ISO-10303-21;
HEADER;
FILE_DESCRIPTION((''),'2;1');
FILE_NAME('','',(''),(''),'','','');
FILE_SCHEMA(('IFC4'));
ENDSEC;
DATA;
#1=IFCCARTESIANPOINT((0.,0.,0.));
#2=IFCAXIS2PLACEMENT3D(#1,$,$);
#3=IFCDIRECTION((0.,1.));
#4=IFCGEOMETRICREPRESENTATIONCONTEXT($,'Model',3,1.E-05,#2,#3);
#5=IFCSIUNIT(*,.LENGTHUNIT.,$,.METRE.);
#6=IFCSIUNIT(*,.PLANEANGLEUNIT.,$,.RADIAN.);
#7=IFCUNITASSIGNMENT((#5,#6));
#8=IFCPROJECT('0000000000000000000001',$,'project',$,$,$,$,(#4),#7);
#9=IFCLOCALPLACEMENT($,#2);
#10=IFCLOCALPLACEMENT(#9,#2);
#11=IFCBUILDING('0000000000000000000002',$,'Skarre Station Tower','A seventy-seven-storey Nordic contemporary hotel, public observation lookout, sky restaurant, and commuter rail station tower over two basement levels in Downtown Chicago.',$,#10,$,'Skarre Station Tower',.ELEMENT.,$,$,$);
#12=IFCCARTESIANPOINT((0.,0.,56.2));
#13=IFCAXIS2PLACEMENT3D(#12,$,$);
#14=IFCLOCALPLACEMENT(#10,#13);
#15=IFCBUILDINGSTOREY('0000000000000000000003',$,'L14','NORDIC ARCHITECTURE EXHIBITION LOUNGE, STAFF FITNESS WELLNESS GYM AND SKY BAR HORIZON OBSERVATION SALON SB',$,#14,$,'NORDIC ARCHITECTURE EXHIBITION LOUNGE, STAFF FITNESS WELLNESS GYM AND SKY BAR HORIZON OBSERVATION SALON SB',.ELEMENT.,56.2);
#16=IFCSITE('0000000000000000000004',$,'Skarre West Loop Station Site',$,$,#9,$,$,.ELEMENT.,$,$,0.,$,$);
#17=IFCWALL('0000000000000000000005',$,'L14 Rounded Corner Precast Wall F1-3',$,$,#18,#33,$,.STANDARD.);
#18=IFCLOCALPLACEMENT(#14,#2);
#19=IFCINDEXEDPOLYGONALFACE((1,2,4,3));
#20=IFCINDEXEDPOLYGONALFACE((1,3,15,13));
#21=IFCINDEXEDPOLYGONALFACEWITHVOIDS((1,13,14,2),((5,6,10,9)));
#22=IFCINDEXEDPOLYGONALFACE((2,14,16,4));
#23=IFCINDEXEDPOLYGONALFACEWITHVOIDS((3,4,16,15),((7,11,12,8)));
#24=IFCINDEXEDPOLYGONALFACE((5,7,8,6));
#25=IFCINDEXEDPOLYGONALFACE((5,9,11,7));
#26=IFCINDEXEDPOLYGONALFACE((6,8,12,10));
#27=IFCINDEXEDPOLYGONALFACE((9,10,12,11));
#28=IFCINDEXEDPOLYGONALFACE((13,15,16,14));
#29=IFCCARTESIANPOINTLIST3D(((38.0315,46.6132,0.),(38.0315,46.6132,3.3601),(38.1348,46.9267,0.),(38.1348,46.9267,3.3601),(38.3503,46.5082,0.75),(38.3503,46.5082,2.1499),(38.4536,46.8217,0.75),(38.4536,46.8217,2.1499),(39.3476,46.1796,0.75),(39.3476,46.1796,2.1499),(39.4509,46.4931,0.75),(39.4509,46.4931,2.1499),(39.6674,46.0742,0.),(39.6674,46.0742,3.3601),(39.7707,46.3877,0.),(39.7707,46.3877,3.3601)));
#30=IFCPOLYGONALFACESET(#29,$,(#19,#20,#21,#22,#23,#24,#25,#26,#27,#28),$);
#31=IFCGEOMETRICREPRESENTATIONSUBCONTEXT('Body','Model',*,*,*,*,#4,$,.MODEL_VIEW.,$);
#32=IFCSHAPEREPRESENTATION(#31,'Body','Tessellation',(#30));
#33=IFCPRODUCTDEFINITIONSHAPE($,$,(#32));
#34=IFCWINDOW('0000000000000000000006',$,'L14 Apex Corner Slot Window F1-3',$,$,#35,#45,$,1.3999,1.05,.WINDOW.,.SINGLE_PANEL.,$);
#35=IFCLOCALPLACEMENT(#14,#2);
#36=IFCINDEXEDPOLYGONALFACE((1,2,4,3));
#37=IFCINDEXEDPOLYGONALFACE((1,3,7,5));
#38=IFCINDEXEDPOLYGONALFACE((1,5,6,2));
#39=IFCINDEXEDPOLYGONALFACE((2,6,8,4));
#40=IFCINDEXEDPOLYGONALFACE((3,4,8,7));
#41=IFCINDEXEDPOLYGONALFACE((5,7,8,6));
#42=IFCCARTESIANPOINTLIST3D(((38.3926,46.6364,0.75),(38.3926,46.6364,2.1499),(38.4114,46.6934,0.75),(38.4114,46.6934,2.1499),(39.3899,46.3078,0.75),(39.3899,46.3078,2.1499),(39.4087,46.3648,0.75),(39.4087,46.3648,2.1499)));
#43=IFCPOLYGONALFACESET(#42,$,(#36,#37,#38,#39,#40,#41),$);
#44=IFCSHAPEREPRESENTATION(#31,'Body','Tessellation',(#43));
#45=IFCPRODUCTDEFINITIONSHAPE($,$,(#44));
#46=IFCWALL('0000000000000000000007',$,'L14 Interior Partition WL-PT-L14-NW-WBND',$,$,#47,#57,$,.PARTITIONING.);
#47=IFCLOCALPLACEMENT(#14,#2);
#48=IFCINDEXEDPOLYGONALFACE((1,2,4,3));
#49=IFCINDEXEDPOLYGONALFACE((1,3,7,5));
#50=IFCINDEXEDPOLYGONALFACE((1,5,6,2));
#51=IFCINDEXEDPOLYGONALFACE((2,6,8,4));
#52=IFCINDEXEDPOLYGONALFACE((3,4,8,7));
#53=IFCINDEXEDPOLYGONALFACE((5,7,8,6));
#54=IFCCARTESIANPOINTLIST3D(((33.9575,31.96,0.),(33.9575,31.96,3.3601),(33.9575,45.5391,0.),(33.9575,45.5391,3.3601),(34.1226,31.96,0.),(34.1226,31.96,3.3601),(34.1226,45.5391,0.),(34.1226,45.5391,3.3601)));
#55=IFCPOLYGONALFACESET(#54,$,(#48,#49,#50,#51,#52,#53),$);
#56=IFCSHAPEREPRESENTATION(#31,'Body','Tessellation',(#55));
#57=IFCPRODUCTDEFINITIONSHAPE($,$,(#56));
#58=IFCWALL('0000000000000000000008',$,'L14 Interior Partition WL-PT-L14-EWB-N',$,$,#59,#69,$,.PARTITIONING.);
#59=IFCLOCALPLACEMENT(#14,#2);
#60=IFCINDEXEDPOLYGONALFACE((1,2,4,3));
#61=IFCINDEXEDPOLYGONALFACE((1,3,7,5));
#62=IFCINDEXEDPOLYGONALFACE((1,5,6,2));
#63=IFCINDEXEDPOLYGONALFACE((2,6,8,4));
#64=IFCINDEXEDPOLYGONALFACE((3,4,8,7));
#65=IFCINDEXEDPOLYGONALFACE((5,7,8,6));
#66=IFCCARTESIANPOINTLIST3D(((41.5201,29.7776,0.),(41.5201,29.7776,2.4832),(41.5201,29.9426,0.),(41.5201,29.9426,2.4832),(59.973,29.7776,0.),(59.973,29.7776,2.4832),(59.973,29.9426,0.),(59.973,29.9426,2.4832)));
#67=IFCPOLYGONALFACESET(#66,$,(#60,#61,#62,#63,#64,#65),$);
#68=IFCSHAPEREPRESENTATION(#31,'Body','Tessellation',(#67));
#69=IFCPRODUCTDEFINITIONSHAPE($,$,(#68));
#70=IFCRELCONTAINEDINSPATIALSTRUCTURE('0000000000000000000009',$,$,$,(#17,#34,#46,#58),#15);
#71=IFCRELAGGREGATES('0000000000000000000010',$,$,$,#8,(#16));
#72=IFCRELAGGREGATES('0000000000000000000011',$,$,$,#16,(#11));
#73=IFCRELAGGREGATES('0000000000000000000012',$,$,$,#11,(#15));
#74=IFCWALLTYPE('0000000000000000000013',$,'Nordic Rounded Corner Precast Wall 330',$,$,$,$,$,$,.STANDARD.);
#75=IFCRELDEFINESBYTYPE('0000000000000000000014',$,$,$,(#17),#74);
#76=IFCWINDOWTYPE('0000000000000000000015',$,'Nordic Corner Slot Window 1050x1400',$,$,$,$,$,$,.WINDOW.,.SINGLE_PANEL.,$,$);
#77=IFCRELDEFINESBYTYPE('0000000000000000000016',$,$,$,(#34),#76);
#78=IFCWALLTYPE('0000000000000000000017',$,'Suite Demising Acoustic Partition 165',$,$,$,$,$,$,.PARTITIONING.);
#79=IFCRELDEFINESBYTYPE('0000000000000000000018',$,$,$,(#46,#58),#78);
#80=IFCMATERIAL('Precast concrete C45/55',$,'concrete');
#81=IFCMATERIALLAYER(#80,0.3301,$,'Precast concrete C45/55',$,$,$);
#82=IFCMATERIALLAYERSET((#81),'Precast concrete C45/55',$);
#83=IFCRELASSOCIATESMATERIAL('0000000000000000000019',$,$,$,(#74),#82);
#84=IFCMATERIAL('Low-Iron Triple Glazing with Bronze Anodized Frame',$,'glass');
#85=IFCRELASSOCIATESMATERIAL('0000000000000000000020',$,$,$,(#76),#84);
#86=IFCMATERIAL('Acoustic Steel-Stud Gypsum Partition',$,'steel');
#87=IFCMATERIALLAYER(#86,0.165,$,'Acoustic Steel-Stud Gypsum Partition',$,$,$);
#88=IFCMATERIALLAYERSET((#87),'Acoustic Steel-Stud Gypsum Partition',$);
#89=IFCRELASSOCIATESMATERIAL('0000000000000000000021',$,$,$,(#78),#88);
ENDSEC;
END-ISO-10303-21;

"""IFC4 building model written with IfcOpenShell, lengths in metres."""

from ifc_helpers import new_model, si_unit, direction, frame, frame_2d, origin, place, context, subcontext, project, spatial, rectangle, extrude, material, layer, layer_set, type_object, element, fill, save


model = new_model("IFC4")

# Units and contexts
model_context = context("Model", 3, precision=1e-05, world=origin(), true_north=direction((0.0, 1.0)))
body_context = subcontext(model_context, "Body", "Model", "MODEL_VIEW")
ifc_project = project(units=[si_unit("LENGTHUNIT", "METRE"), si_unit("PLANEANGLEUNIT", "RADIAN")], contexts=[model_context])

# Site, building, storey
site_placement = place(None, origin())
site = spatial("IfcSite", under=ifc_project, at=site_placement, Name="Skarre West Loop Station Site", CompositionType="ELEMENT", RefElevation=0.0)
building_placement = place(site_placement, origin())
building = spatial("IfcBuilding", under=site, at=building_placement, Name="Skarre Station Tower", Description="A seventy-seven-storey Nordic contemporary hotel, public observation lookout, sky restaurant, and commuter rail station tower over two basement levels in Downtown Chicago.", LongName="Skarre Station Tower", CompositionType="ELEMENT")
storey_placement = place(building_placement, frame((0.0, 0.0, 56.2)))
storey = spatial("IfcBuildingStorey", under=building, at=storey_placement, Name="L14", Description="NORDIC ARCHITECTURE EXHIBITION LOUNGE, STAFF FITNESS WELLNESS GYM AND SKY BAR HORIZON OBSERVATION SALON SB", LongName="NORDIC ARCHITECTURE EXHIBITION LOUNGE, STAFF FITNESS WELLNESS GYM AND SKY BAR HORIZON OBSERVATION SALON SB", CompositionType="ELEMENT", Elevation=56.2)

# Shared definitions
ifc_material_1 = material(Name="Acoustic Steel-Stud Gypsum Partition", Category="steel")

# Shared definitions
ifc_material_2 = material(Name="Precast concrete C45/55", Category="concrete")
ifc_material_3 = material(Name="Low-Iron Triple Glazing with Bronze Anodized Frame", Category="glass")

# Shared definitions
ifc_layer_1 = layer(ifc_material_2, 0.3301, Name="Precast concrete C45/55")
ifc_layer_set_1 = layer_set([ifc_layer_1], Name="Precast concrete C45/55")
wall_type_1 = type_object("IfcWallType", Name="Nordic Rounded Corner Precast Wall 330", PredefinedType="STANDARD", material=ifc_layer_set_1)

# Wall, opening, window
window_type_1 = type_object("IfcWindowType", Name="Nordic Corner Slot Window 1050x1400", PartitioningType="SINGLE_PANEL", PredefinedType="WINDOW", material=ifc_material_3)
wall_1_placement = place(storey_placement, frame((38.083, 46.77, 0.0), z_axis=(0.0, 0.0, 1.0), x_axis=(0.949769, -0.312952, 0.0)))
wall_1 = element("IfcWall", 1, at=wall_1_placement, inside=storey, type_object=wall_type_1, Name="L14 Rounded Corner Precast Wall F1-3", PredefinedType="STANDARD", context=body_context, shape_type="SweptSolid", body=[
    extrude(rectangle(XDim=1.7224, YDim=0.3301, at=frame_2d((0.8613, 0.0))), origin(), (0.0, 0.0, 1.0), 3.3601),
])
opening_1_placement = place(wall_1_placement, frame((0.3359, 0.0, 0.75)))
opening_1 = element("IfcOpeningElement", 2, at=opening_1_placement, cuts=wall_1, PredefinedType="OPENING", context=body_context, shape_type="SweptSolid", body=[
    extrude(rectangle(XDim=1.05, YDim=1.3999, at=frame_2d((0.5249, 0.7))), frame((0.0, 0.175, 0.0), z_axis=(0.0, -1.0, 0.0), x_axis=(1.0, 0.0, 0.0)), (0.0, 0.0, 1.0), 0.3501),
])
window_1_placement = place(opening_1_placement, origin())
window_1 = element("IfcWindow", 3, at=window_1_placement, inside=storey, type_object=window_type_1, Name="L14 Apex Corner Slot Window F1-3", OverallHeight=1.3999, OverallWidth=1.05, PartitioningType="SINGLE_PANEL", PredefinedType="WINDOW", context=body_context, shape_type="SweptSolid", body=[
    extrude(rectangle(XDim=1.05, YDim=1.3999, at=frame_2d((0.5249, 0.7))), frame((0.0, 0.03, 0.0), z_axis=(0.0, -1.0, 0.0), x_axis=(1.0, 0.0, 0.0)), (0.0, 0.0, 1.0), 0.0601),
])
fill(opening_1, window_1)

# Walls
ifc_layer_2 = layer(ifc_material_1, 0.165, Name="Acoustic Steel-Stud Gypsum Partition")
ifc_layer_set_2 = layer_set([ifc_layer_2], Name="Acoustic Steel-Stud Gypsum Partition")
wall_type_2 = type_object("IfcWallType", Name="Suite Demising Acoustic Partition 165", PredefinedType="PARTITIONING", material=ifc_layer_set_2)
wall_2_placement = place(storey_placement, frame((34.04, 31.96, 0.0), z_axis=(0.0, 0.0, 1.0), x_axis=(0.0, 1.0, 0.0)))
element("IfcWall", 4, at=wall_2_placement, inside=storey, type_object=wall_type_2, Name="L14 Interior Partition WL-PT-L14-NW-WBND", PredefinedType="PARTITIONING", context=body_context, shape_type="SweptSolid", body=[
    extrude(rectangle(XDim=13.5791, YDim=0.165, at=frame_2d((6.7896, 0.0))), origin(), (0.0, 0.0, 1.0), 3.3601),
])
wall_3_placement = place(storey_placement, frame((41.52, 29.8601, 0.0), z_axis=(0.0, 0.0, 1.0), x_axis=(1.0, 0.0, 0.0)))
element("IfcWall", 5, at=wall_3_placement, inside=storey, type_object=wall_type_2, Name="L14 Interior Partition WL-PT-L14-EWB-N", PredefinedType="PARTITIONING", context=body_context, shape_type="SweptSolid", body=[
    extrude(rectangle(XDim=18.4529, YDim=0.165, at=frame_2d((9.2266, 0.0))), origin(), (0.0, 0.0, 1.0), 2.4832),
])

save(model, "model.ifc")
